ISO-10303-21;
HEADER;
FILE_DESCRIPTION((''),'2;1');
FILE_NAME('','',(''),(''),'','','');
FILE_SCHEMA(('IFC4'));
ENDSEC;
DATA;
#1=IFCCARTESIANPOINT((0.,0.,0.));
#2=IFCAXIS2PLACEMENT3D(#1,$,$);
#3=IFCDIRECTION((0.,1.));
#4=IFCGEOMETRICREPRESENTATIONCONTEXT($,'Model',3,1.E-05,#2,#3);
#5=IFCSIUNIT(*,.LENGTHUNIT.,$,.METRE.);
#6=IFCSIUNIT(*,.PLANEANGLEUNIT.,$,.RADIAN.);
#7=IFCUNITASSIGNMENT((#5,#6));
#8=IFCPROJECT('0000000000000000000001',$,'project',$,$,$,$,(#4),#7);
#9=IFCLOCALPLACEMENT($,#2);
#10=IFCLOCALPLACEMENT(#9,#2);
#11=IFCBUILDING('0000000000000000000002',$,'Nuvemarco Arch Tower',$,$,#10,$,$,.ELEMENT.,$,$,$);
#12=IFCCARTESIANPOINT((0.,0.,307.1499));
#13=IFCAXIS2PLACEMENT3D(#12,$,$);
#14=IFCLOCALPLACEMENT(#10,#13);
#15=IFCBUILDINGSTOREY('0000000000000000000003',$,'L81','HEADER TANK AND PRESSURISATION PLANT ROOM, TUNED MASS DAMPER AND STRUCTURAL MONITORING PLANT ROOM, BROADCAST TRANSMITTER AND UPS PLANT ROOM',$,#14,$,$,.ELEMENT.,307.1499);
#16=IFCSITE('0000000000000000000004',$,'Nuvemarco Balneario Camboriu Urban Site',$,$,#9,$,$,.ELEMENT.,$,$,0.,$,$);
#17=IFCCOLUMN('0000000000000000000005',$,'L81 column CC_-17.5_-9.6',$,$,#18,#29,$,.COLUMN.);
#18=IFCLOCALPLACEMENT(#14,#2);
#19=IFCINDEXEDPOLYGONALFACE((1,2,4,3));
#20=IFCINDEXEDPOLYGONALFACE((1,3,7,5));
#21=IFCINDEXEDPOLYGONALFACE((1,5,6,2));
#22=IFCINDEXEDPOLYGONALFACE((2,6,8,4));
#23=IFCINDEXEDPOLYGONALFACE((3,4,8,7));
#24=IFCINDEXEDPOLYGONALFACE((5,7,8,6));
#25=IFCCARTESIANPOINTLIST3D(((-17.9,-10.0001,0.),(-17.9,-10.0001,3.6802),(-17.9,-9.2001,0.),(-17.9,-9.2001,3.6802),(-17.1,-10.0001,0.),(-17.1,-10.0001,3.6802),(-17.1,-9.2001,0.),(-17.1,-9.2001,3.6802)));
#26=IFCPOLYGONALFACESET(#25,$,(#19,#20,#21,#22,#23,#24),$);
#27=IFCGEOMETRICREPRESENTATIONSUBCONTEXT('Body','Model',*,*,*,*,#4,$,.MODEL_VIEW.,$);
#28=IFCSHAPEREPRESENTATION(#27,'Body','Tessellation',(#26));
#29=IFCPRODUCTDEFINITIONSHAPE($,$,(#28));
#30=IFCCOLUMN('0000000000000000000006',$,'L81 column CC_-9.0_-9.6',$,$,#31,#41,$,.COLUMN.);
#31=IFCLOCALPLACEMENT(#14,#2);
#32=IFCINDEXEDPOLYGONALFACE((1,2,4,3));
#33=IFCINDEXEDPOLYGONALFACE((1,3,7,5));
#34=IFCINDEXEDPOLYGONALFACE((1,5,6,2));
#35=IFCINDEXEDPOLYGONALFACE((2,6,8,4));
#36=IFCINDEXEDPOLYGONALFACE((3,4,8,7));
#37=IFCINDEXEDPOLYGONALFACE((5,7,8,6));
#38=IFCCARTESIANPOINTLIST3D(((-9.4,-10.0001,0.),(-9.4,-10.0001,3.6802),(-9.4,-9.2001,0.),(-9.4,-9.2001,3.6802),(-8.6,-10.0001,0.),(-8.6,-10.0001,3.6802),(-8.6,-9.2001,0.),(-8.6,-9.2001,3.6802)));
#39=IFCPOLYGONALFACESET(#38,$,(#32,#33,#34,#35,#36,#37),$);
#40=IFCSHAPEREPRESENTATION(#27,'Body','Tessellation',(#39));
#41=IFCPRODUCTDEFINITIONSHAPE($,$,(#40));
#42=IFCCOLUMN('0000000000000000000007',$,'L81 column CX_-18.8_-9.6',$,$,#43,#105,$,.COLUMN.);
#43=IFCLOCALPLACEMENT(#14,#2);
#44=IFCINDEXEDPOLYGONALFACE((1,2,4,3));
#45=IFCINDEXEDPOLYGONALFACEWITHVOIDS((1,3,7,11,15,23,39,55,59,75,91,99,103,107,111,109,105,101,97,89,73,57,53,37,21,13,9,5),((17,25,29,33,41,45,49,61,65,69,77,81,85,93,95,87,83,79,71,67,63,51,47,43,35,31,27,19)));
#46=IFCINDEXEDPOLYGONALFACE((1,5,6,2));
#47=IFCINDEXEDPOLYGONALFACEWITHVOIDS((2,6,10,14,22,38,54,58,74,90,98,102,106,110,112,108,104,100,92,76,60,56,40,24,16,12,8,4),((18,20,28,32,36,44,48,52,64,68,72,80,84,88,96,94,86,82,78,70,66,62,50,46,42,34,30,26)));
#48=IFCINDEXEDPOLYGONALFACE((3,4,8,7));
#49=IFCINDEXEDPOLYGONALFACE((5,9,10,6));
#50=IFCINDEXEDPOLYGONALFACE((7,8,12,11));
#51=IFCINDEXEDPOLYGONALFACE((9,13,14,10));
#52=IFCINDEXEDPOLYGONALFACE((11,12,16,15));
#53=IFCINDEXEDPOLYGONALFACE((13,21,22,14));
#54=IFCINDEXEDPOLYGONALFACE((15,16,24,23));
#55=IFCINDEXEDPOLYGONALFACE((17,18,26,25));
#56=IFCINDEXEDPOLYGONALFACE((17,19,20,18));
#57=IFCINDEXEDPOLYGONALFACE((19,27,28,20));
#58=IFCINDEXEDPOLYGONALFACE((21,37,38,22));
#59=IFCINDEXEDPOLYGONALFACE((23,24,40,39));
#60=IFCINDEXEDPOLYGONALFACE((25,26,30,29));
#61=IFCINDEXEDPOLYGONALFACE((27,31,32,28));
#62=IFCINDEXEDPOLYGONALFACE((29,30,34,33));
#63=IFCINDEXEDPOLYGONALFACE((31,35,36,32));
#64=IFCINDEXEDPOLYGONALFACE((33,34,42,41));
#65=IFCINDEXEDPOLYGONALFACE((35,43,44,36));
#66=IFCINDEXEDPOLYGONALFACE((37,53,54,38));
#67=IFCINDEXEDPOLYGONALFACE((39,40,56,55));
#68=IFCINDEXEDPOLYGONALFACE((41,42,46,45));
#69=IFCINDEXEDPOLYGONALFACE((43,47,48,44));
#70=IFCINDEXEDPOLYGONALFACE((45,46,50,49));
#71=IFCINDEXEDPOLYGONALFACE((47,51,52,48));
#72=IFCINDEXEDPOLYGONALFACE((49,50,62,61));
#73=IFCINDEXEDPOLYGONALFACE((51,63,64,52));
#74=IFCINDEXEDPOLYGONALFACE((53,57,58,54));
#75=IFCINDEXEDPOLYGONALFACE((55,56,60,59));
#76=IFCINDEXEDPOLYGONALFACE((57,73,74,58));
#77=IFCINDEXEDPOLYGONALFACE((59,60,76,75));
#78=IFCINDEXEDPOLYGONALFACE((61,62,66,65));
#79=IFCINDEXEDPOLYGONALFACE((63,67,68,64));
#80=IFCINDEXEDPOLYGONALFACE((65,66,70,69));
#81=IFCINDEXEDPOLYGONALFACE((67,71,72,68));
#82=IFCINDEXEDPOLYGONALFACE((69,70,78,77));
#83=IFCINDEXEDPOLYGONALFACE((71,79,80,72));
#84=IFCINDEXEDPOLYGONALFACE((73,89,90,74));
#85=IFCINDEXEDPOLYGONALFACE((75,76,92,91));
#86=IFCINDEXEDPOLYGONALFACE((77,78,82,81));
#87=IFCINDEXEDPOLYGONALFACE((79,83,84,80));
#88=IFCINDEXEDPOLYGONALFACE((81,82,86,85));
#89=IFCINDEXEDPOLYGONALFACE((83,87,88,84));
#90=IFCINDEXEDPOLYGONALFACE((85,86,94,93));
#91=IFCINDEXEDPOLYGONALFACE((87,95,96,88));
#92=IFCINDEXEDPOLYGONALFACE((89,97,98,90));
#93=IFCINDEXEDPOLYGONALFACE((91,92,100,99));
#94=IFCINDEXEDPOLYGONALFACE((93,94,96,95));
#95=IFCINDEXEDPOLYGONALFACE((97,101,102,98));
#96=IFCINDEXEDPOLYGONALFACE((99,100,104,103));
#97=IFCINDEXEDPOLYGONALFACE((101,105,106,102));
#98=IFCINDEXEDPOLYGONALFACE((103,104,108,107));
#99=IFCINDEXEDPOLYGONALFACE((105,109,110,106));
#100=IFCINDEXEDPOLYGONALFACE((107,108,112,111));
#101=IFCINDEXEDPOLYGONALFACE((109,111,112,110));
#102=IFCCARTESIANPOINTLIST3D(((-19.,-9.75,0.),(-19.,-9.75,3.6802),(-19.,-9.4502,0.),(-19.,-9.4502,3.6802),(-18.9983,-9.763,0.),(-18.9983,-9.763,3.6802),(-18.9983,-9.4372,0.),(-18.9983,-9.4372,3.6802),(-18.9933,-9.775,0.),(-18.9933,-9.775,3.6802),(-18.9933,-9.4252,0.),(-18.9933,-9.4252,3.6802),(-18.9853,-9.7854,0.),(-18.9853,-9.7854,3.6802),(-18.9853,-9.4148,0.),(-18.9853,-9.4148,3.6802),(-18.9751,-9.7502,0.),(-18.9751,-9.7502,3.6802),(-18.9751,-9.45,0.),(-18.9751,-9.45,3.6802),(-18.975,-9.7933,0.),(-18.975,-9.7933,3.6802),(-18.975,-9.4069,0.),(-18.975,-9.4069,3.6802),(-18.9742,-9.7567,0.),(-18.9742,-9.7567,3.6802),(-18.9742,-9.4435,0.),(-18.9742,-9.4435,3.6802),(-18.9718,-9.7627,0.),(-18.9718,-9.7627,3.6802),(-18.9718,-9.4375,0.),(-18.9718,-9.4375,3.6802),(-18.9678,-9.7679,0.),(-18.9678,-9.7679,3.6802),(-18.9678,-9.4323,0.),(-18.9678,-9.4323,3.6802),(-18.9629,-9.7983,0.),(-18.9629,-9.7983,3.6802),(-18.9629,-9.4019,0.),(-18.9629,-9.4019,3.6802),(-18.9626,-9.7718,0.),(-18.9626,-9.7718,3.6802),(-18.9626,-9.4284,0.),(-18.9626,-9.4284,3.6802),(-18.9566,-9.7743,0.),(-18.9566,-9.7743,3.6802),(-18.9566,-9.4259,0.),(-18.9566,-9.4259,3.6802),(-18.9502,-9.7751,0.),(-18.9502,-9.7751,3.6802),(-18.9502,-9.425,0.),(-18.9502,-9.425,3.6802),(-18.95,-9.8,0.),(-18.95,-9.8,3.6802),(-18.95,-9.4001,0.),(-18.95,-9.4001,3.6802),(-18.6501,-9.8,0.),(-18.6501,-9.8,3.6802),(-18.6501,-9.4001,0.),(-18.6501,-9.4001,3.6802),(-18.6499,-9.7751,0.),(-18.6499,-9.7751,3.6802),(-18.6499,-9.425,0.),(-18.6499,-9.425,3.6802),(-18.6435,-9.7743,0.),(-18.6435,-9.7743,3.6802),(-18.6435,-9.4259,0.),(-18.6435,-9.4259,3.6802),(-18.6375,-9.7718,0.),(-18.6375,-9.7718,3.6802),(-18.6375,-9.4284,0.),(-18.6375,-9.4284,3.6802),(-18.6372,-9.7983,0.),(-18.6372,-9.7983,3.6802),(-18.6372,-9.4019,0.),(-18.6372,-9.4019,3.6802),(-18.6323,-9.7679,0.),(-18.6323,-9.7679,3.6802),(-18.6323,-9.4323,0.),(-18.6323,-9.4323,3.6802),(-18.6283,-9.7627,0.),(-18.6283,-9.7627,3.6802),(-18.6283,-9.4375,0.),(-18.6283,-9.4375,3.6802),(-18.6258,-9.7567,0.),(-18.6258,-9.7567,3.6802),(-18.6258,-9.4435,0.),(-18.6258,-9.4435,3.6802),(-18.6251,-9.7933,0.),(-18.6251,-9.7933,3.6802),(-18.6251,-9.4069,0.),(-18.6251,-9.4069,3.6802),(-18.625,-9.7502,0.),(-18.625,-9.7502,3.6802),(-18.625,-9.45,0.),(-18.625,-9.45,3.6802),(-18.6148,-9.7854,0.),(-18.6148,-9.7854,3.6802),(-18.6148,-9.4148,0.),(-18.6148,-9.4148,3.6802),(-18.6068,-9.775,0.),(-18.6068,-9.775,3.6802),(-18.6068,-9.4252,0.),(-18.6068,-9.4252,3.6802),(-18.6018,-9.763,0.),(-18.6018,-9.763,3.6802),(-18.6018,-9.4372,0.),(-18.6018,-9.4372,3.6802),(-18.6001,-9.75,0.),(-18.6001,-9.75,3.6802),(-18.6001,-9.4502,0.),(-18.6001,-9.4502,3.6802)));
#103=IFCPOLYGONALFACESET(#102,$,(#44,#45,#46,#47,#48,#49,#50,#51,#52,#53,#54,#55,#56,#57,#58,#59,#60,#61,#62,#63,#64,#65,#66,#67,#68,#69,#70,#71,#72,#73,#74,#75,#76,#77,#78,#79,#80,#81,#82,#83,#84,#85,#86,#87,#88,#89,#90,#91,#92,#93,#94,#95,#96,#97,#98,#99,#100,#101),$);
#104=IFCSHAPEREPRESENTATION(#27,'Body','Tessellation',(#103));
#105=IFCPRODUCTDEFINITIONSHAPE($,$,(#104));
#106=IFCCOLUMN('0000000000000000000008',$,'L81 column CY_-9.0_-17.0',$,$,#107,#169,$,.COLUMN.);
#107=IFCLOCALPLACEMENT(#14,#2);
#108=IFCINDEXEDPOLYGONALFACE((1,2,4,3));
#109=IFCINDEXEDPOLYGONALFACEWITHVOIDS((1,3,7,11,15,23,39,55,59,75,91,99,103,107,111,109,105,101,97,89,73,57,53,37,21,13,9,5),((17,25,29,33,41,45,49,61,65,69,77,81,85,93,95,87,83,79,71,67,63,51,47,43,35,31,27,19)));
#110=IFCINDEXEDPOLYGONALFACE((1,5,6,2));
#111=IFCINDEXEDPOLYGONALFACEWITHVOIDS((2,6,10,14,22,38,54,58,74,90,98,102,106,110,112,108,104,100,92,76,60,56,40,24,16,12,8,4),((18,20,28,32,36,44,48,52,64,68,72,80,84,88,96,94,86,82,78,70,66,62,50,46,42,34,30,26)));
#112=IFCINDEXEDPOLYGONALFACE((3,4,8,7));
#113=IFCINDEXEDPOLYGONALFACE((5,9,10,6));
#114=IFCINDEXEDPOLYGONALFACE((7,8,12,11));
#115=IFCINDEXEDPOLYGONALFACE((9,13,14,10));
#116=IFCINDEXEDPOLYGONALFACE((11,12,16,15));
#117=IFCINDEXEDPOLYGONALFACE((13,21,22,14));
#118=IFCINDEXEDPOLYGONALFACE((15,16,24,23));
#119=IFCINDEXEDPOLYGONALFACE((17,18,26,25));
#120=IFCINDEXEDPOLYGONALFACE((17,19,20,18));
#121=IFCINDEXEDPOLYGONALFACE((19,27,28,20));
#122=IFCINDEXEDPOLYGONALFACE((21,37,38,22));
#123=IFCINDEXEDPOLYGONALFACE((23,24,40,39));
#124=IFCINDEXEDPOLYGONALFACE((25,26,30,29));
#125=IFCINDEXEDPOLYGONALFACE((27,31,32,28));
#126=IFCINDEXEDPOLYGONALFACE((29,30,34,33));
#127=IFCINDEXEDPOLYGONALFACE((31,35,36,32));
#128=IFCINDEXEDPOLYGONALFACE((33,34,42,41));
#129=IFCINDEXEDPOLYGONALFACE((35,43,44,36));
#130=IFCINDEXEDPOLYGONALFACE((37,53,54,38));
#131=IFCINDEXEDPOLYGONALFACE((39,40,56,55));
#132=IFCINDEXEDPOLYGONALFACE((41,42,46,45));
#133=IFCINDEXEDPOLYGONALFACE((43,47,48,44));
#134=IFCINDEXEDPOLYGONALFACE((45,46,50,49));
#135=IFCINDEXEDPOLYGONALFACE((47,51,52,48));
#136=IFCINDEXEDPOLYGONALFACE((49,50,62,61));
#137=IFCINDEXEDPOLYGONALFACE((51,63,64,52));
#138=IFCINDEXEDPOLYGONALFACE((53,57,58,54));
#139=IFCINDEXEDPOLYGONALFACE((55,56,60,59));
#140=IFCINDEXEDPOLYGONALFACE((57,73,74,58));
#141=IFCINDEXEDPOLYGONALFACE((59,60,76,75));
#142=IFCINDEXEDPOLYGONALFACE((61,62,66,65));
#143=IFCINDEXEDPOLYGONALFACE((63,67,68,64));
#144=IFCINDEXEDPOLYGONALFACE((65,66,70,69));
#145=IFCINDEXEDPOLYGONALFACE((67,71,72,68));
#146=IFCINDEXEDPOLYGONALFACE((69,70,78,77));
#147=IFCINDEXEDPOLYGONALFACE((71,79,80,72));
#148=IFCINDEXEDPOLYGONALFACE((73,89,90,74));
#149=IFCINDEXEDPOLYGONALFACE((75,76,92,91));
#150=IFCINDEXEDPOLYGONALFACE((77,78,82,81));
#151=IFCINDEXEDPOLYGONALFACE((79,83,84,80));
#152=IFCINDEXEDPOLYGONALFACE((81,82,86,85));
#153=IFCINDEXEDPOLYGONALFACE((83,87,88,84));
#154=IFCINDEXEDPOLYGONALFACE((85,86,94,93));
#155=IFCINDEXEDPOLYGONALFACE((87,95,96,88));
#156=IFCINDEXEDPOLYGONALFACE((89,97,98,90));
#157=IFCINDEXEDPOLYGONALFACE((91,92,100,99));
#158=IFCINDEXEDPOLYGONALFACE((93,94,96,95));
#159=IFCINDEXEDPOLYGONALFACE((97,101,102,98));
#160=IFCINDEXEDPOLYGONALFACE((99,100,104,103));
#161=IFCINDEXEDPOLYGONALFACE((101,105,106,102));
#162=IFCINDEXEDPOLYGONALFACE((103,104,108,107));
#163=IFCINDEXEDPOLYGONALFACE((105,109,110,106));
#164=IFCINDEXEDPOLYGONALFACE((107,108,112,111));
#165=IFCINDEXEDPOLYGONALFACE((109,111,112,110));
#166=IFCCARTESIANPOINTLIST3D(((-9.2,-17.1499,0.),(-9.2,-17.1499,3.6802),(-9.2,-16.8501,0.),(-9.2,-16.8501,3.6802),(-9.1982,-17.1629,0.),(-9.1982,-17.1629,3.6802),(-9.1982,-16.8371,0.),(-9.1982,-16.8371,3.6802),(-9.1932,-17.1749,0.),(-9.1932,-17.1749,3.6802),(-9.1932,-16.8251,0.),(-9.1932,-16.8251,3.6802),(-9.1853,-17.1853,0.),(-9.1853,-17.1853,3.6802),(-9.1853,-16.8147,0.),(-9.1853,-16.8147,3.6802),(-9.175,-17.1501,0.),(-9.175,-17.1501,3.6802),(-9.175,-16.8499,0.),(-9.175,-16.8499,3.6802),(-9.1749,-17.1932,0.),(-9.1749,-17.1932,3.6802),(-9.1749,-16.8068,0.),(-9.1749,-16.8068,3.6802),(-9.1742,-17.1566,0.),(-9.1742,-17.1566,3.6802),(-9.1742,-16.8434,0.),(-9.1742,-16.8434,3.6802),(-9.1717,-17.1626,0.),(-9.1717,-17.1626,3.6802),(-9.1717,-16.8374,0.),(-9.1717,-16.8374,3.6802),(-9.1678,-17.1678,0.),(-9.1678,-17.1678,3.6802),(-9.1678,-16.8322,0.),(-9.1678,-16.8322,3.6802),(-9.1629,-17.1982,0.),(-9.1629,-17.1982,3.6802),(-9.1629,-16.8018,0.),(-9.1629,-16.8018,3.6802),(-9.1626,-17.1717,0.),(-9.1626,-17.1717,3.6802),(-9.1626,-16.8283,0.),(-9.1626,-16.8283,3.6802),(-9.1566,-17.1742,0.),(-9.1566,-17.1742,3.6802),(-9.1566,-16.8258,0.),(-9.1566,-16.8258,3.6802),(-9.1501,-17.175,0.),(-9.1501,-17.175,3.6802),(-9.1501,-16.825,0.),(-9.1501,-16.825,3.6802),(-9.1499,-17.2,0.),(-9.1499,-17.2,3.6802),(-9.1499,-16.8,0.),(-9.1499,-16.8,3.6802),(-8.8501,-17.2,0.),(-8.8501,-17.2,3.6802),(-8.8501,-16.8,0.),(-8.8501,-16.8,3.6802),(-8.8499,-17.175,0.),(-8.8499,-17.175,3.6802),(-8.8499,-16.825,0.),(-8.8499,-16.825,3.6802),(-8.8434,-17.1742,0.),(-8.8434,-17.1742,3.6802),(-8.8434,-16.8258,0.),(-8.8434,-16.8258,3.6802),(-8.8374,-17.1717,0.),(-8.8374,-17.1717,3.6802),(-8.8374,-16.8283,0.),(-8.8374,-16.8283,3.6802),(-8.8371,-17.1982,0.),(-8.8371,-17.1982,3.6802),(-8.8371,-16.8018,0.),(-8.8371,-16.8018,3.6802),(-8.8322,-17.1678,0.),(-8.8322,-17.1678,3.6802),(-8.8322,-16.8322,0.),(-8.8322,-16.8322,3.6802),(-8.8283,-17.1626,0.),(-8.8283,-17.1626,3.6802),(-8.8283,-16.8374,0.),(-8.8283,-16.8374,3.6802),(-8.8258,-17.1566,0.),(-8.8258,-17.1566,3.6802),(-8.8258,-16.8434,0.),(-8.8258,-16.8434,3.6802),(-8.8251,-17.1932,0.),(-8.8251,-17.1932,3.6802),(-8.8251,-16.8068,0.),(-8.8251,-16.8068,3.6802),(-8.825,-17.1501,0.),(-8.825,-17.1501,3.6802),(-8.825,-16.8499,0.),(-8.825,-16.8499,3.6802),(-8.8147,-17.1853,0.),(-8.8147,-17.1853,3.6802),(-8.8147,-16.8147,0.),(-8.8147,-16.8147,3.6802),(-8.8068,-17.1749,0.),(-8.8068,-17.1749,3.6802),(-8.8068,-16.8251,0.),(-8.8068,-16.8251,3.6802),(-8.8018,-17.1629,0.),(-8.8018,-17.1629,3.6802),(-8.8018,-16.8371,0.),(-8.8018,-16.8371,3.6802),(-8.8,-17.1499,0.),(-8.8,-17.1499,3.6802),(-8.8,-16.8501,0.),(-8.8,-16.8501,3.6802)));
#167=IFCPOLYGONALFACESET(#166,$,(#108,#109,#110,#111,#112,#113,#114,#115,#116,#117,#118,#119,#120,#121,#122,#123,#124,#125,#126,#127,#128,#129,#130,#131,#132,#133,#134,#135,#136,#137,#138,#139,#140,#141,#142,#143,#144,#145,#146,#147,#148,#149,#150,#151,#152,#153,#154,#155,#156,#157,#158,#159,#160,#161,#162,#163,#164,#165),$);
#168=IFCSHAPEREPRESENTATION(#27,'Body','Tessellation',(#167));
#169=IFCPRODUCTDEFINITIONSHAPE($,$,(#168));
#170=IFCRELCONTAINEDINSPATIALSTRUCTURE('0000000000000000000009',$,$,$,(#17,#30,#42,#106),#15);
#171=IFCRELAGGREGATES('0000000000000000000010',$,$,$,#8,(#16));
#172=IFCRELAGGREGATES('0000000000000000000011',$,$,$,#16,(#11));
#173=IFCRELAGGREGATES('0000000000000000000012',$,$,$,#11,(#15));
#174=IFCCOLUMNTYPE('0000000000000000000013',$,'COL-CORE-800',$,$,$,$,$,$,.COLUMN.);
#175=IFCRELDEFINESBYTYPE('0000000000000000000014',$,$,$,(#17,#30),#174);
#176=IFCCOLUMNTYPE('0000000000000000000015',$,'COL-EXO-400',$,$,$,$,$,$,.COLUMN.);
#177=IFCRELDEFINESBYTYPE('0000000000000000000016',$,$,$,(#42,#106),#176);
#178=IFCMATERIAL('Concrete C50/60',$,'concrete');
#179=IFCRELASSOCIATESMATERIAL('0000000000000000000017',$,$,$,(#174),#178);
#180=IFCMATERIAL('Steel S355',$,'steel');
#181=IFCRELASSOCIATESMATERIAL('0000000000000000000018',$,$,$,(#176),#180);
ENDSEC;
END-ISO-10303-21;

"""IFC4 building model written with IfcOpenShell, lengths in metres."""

from ifc_helpers import new_model, si_unit, direction, frame, origin, origin_2d, place, context, subcontext, project, spatial, rectangle, hollow_rectangle, extrude, material, material_profile, profile_set, type_object, element, save


model = new_model("IFC4")

# Units and contexts
model_context = context("Model", 3, precision=1e-05, world=origin(), true_north=direction((0.0, 1.0)))
body_context = subcontext(model_context, "Body", "Model", "MODEL_VIEW")
ifc_project = project(units=[si_unit("LENGTHUNIT", "METRE"), si_unit("PLANEANGLEUNIT", "RADIAN")], contexts=[model_context])

# Site, building, storey
site_placement = place(None, origin())
site = spatial("IfcSite", under=ifc_project, at=site_placement, Name="Nuvemarco Balneario Camboriu Urban Site", CompositionType="ELEMENT", RefElevation=0.0)
building_placement = place(site_placement, origin())
building = spatial("IfcBuilding", under=site, at=building_placement, Name="Nuvemarco Arch Tower", CompositionType="ELEMENT")
storey_placement = place(building_placement, frame((0.0, 0.0, 307.1499)))
storey = spatial("IfcBuildingStorey", under=building, at=storey_placement, Name="L81", Description="HEADER TANK AND PRESSURISATION PLANT ROOM, TUNED MASS DAMPER AND STRUCTURAL MONITORING PLANT ROOM, BROADCAST TRANSMITTER AND UPS PLANT ROOM", CompositionType="ELEMENT", Elevation=307.1499)

# Columns
ifc_material_1 = material(Name="Concrete C50/60", Category="concrete")
ifc_material_profile_1 = material_profile(ifc_material_1, rectangle(XDim=0.8, YDim=0.8, at=origin_2d()), Name="RC-COL-800x800")
ifc_profile_set_1 = profile_set([ifc_material_profile_1], Name="Concrete C50/60")
column_type_1 = type_object("IfcColumnType", Name="COL-CORE-800", PredefinedType="COLUMN", material=ifc_profile_set_1)
for number, where, z_axis, x_axis, name in (
    (1, (-17.5, -9.6001, 0.0), (0.0, 0.0, 1.0), (1.0, 0.0, 0.0), "L81 column CC_-17.5_-9.6"),
    (2, (-9.0, -9.6001, 0.0), (0.0, 0.0, 1.0), (1.0, 0.0, 0.0), "L81 column CC_-9.0_-9.6"),
):
    element("IfcColumn", number, at=place(storey_placement, frame(where, z_axis=z_axis, x_axis=x_axis)), inside=storey, type_object=column_type_1, Name=name, PredefinedType="COLUMN", context=body_context, shape_type="SweptSolid", body=[
        extrude(rectangle(XDim=0.8, YDim=0.8, at=origin_2d()), origin(), (0.0, 0.0, 1.0), 3.6802),
    ])
ifc_material_2 = material(Name="Steel S355", Category="steel")
ifc_material_profile_2 = material_profile(ifc_material_2, hollow_rectangle(XDim=0.3999, YDim=0.3999, WallThickness=0.0249, InnerFilletRadius=0.0249, OuterFilletRadius=0.05, at=origin_2d()), Name="SHS400x400x25")
ifc_profile_set_2 = profile_set([ifc_material_profile_2], Name="Steel S355")
column_type_2 = type_object("IfcColumnType", Name="COL-EXO-400", PredefinedType="COLUMN", material=ifc_profile_set_2)
for number, where, z_axis, x_axis, name in (
    (3, (-18.8, -9.6001, 0.0), (0.0, 0.0, 1.0), (1.0, 0.0, 0.0), "L81 column CX_-18.8_-9.6"),
    (4, (-9.0, -17.0, 0.0), (0.0, 0.0, 1.0), (1.0, 0.0, 0.0), "L81 column CY_-9.0_-17.0"),
):
    element("IfcColumn", number, at=place(storey_placement, frame(where, z_axis=z_axis, x_axis=x_axis)), inside=storey, type_object=column_type_2, Name=name, PredefinedType="COLUMN", context=body_context, shape_type="SweptSolid", body=[
        extrude(hollow_rectangle(XDim=0.3999, YDim=0.3999, WallThickness=0.0249, InnerFilletRadius=0.0249, OuterFilletRadius=0.05, at=origin_2d()), origin(), (0.0, 0.0, 1.0), 3.6802),
    ])

save(model, "model.ifc")
